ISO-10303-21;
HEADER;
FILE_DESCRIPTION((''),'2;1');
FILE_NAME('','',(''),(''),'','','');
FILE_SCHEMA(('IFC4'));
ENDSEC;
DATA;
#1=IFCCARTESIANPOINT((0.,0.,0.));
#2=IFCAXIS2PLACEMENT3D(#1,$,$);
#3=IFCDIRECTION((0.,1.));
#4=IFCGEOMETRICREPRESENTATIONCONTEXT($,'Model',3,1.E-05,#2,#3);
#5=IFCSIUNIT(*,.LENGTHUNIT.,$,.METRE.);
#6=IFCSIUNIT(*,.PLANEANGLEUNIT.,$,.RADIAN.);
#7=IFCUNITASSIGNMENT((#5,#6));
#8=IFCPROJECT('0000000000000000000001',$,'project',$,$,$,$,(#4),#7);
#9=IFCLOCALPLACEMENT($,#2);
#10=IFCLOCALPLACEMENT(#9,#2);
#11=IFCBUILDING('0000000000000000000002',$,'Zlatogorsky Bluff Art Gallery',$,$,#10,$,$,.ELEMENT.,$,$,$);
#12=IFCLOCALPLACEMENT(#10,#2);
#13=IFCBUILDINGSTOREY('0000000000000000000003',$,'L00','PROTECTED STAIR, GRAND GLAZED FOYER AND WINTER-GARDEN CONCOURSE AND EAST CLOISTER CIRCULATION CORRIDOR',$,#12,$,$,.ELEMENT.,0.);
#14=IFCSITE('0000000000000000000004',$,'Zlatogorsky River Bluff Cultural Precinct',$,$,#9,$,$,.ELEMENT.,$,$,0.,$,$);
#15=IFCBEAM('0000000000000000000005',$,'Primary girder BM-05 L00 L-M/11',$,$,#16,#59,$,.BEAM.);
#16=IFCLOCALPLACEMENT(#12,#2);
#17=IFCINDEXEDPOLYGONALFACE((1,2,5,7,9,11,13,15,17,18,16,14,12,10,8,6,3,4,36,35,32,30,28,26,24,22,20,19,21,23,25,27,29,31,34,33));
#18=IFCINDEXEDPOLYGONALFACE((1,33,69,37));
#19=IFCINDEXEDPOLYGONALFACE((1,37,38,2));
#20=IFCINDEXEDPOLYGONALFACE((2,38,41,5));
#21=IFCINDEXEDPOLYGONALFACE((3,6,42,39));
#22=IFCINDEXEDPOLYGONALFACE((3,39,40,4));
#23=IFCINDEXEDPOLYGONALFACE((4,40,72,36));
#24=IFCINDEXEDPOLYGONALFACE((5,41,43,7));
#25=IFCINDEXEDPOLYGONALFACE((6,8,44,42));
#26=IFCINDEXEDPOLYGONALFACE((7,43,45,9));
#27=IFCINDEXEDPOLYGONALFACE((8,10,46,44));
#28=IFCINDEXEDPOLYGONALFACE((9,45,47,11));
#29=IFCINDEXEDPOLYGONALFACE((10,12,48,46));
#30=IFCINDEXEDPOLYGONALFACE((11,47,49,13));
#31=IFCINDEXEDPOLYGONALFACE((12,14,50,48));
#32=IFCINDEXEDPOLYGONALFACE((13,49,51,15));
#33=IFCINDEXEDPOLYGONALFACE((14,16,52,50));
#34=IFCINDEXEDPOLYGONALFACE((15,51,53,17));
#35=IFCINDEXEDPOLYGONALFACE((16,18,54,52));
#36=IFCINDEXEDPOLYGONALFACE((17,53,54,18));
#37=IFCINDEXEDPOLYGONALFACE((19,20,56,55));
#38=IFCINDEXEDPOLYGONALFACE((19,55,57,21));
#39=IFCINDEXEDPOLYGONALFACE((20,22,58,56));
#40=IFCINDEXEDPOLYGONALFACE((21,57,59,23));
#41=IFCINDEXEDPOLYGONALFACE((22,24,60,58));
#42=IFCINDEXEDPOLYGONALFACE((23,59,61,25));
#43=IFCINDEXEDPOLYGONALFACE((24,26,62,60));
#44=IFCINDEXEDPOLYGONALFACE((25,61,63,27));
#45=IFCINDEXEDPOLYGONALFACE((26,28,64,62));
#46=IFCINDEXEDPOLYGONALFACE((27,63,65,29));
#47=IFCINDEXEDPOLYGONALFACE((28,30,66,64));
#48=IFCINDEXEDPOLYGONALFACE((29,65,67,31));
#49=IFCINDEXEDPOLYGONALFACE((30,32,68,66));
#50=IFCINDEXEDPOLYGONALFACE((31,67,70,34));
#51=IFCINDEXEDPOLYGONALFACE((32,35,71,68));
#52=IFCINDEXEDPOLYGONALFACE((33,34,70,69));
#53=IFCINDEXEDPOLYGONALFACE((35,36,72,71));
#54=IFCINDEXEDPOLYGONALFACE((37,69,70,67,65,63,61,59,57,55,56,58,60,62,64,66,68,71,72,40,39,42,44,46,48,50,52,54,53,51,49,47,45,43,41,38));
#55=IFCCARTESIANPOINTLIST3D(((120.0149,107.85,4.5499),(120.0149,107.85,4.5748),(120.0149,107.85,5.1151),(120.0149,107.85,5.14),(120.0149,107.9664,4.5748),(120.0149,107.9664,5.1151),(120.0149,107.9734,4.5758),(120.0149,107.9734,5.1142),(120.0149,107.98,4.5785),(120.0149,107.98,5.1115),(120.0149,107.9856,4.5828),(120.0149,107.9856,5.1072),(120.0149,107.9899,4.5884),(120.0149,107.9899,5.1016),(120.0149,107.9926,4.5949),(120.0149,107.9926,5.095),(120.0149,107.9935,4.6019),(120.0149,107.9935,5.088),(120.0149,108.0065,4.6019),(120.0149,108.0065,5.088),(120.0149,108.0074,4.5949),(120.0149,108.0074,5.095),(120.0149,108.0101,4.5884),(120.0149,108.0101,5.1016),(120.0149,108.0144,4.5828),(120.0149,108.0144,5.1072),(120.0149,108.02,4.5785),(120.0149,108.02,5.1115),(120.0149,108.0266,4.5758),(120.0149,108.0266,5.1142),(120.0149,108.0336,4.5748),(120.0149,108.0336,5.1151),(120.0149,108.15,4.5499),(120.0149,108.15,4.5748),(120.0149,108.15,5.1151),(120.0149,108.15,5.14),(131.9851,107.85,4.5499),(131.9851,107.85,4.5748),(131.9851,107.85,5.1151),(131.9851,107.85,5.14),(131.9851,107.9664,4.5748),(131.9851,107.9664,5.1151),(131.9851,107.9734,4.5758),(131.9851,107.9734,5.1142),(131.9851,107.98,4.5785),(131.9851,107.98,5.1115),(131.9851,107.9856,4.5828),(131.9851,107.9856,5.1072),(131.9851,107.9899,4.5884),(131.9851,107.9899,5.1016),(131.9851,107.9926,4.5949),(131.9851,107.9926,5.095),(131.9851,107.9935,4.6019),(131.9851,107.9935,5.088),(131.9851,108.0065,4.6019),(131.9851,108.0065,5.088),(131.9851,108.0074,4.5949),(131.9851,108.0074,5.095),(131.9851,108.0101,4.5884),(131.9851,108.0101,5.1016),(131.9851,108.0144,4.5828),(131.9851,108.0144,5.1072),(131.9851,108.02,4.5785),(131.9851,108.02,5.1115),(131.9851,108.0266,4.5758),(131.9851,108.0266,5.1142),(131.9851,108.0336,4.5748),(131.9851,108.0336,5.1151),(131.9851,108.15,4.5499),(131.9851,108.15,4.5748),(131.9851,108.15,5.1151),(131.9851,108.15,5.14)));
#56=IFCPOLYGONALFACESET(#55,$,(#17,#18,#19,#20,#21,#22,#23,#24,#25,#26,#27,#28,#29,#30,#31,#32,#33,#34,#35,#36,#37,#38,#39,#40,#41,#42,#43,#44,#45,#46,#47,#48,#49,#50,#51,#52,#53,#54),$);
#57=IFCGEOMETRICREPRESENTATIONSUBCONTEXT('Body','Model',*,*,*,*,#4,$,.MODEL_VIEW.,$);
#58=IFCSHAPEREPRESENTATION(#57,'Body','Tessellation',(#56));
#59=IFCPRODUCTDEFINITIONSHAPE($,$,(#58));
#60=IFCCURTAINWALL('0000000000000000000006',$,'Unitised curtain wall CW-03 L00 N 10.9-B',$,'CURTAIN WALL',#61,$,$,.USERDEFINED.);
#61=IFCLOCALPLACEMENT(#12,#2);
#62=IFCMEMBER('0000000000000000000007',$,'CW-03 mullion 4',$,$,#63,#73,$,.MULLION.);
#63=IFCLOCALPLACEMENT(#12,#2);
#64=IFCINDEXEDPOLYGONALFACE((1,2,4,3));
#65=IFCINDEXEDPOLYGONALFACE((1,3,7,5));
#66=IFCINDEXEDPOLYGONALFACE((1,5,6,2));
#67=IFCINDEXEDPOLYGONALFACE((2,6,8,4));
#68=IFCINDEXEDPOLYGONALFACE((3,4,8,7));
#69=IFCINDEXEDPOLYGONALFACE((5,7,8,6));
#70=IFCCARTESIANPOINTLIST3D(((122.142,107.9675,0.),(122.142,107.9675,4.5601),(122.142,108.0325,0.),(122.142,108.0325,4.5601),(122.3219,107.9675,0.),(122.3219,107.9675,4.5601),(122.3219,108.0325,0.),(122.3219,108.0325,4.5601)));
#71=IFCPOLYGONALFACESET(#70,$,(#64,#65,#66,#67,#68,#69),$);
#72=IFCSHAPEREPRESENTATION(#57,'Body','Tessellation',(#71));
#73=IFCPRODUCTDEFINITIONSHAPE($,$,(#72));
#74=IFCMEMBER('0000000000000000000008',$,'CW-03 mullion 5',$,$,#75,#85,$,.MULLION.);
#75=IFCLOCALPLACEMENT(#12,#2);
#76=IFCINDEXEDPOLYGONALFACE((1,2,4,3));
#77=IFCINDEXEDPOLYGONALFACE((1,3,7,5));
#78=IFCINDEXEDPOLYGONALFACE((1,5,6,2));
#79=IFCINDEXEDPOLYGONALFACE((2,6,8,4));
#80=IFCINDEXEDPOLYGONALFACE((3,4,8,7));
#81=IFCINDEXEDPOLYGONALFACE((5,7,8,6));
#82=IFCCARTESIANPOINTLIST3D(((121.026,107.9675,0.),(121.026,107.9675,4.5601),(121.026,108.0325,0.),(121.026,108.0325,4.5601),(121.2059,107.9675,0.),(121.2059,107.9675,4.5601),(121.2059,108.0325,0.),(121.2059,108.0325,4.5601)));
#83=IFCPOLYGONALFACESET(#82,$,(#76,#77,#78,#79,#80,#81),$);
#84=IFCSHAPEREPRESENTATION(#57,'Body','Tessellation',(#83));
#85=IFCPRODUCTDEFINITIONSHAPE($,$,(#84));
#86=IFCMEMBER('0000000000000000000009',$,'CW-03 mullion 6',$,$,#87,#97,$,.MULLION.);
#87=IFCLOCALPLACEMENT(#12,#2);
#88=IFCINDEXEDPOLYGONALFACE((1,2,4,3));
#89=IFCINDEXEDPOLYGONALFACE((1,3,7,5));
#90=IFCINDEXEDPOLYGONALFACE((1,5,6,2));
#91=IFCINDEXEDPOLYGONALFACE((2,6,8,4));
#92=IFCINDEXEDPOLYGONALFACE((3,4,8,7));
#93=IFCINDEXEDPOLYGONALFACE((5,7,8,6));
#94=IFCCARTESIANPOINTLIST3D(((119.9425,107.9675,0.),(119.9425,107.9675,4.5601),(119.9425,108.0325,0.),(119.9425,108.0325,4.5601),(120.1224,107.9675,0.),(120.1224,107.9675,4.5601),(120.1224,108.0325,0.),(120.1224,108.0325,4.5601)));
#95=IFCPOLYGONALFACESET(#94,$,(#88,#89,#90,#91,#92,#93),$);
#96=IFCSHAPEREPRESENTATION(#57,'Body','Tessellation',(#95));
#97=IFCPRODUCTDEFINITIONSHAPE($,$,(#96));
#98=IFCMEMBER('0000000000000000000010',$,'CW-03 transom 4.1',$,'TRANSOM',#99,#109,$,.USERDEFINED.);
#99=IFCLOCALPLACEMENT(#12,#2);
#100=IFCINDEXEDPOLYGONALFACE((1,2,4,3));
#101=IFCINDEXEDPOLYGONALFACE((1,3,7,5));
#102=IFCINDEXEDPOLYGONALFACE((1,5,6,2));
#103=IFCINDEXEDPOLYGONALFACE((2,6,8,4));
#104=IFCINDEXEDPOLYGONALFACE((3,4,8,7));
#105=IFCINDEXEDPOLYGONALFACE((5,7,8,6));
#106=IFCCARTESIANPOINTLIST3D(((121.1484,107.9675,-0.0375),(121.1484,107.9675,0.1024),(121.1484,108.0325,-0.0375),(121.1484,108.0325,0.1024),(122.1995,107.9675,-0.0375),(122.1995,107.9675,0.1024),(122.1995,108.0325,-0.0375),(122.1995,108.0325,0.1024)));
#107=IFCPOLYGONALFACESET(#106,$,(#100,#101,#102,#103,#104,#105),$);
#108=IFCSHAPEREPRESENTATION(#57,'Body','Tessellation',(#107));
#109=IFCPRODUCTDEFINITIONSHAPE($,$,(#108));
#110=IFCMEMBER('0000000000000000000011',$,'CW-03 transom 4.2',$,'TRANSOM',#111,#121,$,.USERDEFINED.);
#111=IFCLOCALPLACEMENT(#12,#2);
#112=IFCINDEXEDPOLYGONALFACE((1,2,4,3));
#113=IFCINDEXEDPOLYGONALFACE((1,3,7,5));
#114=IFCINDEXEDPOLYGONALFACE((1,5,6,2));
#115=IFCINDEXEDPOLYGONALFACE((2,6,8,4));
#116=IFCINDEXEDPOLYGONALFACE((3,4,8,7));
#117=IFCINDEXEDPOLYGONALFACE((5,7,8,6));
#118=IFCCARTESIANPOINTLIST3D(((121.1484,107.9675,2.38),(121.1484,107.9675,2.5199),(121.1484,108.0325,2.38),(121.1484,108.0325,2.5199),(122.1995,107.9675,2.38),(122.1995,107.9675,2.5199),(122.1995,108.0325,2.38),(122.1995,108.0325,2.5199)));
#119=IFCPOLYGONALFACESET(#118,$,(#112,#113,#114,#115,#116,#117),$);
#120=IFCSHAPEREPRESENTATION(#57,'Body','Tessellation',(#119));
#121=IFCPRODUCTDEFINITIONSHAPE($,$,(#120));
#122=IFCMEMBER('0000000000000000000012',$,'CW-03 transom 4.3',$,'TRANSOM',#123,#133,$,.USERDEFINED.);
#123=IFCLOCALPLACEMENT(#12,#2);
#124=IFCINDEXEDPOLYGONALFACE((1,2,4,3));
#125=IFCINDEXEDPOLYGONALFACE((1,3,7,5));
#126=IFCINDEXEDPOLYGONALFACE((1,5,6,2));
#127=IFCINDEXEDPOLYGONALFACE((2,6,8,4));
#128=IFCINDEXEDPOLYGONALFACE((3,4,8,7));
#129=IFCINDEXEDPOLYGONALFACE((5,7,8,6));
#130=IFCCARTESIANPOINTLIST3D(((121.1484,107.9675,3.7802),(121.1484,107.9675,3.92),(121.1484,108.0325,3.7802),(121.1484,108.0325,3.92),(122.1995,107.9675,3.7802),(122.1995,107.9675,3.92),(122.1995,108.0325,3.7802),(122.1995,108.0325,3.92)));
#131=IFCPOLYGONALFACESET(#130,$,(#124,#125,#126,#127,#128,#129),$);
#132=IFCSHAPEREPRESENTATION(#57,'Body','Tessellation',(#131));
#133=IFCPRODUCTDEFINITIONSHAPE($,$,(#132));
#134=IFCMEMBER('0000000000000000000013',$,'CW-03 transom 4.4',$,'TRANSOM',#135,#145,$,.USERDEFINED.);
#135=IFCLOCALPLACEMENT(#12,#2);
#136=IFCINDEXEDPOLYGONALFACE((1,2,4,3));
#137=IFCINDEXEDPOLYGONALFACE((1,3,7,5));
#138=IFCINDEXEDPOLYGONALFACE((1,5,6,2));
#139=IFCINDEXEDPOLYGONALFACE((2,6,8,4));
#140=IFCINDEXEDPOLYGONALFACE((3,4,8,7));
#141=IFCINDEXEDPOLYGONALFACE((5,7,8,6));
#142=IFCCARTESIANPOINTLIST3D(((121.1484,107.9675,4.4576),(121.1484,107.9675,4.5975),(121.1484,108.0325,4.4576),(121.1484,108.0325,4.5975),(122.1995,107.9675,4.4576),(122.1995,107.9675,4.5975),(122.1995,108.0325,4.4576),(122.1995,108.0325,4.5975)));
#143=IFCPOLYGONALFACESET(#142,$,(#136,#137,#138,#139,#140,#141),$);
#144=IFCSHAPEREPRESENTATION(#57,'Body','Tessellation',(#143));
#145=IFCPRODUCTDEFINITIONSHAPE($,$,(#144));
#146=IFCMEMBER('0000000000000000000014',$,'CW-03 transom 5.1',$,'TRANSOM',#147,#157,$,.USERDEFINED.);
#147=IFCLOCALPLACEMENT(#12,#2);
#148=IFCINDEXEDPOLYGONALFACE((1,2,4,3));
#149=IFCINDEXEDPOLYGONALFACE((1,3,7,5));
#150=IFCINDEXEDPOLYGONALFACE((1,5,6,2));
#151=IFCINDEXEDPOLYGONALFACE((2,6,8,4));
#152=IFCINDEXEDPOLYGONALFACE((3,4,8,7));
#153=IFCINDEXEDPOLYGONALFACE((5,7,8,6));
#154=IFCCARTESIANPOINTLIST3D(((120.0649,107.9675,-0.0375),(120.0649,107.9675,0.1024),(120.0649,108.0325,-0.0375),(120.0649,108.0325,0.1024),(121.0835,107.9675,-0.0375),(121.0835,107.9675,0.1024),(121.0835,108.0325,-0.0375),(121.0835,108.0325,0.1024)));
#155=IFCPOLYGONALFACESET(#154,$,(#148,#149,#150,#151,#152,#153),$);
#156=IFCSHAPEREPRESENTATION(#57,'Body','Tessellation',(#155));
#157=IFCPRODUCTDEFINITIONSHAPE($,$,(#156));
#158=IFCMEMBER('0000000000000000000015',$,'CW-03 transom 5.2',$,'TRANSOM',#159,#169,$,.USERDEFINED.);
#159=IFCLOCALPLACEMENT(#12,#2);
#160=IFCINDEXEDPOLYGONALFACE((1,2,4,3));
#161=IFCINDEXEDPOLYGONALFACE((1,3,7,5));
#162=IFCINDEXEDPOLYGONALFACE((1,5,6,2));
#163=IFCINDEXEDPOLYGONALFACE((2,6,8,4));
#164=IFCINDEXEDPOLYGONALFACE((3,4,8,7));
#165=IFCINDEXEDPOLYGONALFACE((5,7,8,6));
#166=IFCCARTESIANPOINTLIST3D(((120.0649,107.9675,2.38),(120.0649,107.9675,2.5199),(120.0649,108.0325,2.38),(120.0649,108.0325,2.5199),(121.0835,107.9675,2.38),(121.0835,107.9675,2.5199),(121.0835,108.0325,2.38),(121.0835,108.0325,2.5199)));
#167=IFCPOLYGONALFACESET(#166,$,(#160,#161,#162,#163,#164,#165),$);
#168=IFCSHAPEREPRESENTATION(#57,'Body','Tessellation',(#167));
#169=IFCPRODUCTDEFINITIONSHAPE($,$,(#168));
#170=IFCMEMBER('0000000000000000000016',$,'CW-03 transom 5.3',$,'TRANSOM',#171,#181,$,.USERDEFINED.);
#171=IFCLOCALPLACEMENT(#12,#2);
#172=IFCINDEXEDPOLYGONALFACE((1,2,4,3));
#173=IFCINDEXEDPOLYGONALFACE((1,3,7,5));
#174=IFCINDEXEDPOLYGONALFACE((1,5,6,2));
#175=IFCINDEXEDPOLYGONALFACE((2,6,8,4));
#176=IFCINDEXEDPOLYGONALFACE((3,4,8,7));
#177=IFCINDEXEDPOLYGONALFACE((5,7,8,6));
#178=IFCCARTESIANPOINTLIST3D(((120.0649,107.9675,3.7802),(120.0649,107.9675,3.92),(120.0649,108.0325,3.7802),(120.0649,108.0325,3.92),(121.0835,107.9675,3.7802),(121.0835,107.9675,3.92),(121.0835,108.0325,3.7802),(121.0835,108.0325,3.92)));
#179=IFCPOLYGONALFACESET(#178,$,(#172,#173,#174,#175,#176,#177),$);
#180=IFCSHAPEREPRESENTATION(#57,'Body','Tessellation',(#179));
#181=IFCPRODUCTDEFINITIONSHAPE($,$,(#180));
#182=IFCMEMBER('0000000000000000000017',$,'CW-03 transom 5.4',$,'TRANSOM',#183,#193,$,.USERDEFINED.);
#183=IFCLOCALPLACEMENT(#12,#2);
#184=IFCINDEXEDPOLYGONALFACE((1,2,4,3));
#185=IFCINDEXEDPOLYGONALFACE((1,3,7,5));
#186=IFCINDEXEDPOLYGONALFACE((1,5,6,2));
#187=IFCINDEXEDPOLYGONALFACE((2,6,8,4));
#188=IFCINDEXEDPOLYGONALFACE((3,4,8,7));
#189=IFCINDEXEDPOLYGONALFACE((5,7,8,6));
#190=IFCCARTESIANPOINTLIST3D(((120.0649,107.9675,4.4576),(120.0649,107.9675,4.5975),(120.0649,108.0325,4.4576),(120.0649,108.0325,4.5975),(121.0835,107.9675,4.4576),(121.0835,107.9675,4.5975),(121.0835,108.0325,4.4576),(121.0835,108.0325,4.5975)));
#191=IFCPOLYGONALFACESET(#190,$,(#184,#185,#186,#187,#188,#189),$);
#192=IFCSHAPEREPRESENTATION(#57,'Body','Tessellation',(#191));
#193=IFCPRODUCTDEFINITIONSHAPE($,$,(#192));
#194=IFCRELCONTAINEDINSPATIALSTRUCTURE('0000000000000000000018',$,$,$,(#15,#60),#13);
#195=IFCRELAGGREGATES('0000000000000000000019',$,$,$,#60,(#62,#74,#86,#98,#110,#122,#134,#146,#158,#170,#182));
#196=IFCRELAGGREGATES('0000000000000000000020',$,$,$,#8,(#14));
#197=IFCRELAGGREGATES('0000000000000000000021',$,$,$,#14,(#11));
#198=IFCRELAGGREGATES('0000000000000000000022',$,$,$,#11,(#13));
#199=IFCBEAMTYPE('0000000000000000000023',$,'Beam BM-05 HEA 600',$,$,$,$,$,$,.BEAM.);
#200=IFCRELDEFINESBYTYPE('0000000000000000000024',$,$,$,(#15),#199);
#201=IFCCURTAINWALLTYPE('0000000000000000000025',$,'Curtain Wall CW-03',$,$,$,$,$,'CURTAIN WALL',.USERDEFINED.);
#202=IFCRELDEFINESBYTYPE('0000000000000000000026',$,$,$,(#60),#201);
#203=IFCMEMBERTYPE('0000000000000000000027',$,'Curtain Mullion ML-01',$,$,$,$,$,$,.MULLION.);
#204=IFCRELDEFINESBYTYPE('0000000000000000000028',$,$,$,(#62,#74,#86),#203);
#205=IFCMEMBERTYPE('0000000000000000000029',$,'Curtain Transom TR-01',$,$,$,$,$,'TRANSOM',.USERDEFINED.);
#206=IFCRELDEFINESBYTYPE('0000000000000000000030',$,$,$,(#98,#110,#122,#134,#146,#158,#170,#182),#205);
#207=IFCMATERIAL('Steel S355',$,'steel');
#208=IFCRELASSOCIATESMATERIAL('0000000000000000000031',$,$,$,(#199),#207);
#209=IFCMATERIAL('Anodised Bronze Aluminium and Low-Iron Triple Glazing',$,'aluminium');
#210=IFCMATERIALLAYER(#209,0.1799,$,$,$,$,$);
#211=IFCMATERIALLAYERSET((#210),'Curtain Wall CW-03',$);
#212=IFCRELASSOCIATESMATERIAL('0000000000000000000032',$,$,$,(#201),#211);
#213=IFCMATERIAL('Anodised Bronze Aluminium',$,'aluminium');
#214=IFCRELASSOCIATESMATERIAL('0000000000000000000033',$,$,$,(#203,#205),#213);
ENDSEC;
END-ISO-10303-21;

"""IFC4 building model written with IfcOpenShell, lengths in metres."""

from ifc_helpers import new_model, si_unit, direction, frame, origin, origin_2d, place, context, subcontext, project, spatial, rectangle, i_section, extrude, material, layer, layer_set, material_profile, profile_set, type_object, element, aggregate, save


model = new_model("IFC4")

# Units and contexts
model_context = context("Model", 3, precision=1e-05, world=origin(), true_north=direction((0.0, 1.0)))
body_context = subcontext(model_context, "Body", "Model", "MODEL_VIEW")
ifc_project = project(units=[si_unit("LENGTHUNIT", "METRE"), si_unit("PLANEANGLEUNIT", "RADIAN")], contexts=[model_context])

# Site, building, storey
site_placement = place(None, origin())
site = spatial("IfcSite", under=ifc_project, at=site_placement, Name="Zlatogorsky River Bluff Cultural Precinct", CompositionType="ELEMENT", RefElevation=0.0)
building_placement = place(site_placement, origin())
building = spatial("IfcBuilding", under=site, at=building_placement, Name="Zlatogorsky Bluff Art Gallery", CompositionType="ELEMENT")
storey_placement = place(building_placement, origin())
storey = spatial("IfcBuildingStorey", under=building, at=storey_placement, Name="L00", Description="PROTECTED STAIR, GRAND GLAZED FOYER AND WINTER-GARDEN CONCOURSE AND EAST CLOISTER CIRCULATION CORRIDOR", CompositionType="ELEMENT", Elevation=0.0)

# Shared definitions
ifc_material_1 = material(Name="Steel S355", Category="steel")

# Beam
ifc_material_profile_1 = material_profile(ifc_material_1, i_section(OverallWidth=0.3, OverallDepth=0.5901, WebThickness=0.0129, FlangeThickness=0.0249, FilletRadius=0.0271, at=origin_2d()), Name="HEA 600")
ifc_profile_set_1 = profile_set([ifc_material_profile_1], Name="Steel S355")
beam_type = type_object("IfcBeamType", Name="Beam BM-05 HEA 600", PredefinedType="BEAM", material=ifc_profile_set_1)
for number, where, z_axis, x_axis, name in (
    (1, (120.0149, 108.0, 4.845), (1.0, 0.0, 0.0), (0.0, 1.0, 0.0), "Primary girder BM-05 L00 L-M/11"),
):
    element("IfcBeam", number, at=place(storey_placement, frame(where, z_axis=z_axis, x_axis=x_axis)), inside=storey, type_object=beam_type, Name=name, PredefinedType="BEAM", context=body_context, shape_type="SweptSolid", body=[
        extrude(i_section(OverallWidth=0.3, OverallDepth=0.5901, WebThickness=0.0129, FlangeThickness=0.0249, FilletRadius=0.0271, at=origin_2d()), origin(), (0.0, 0.0, 1.0), 11.9702),
    ])

# Curtain wall, members
ifc_material_2 = material(Name="Anodised Bronze Aluminium and Low-Iron Triple Glazing", Category="aluminium")
ifc_layer_1 = layer(ifc_material_2, 0.1799)
ifc_layer_set_1 = layer_set([ifc_layer_1], Name="Curtain Wall CW-03")
curtain_wall_type = type_object("IfcCurtainWallType", Name="Curtain Wall CW-03", ElementType="CURTAIN WALL", PredefinedType="USERDEFINED", material=ifc_layer_set_1)
curtain_wall_placement = place(storey_placement, origin())
curtain_wall = element("IfcCurtainWall", 2, at=curtain_wall_placement, inside=storey, type_object=curtain_wall_type, Name="Unitised curtain wall CW-03 L00 N 10.9-B", ObjectType="CURTAIN WALL", PredefinedType="USERDEFINED")
ifc_material_3 = material(Name="Anodised Bronze Aluminium", Category="aluminium")
ifc_material_profile_2 = material_profile(ifc_material_3, rectangle(XDim=0.0649, YDim=0.1799, at=origin_2d()), Name="ALU MULLION 65x180")
ifc_profile_set_2 = profile_set([ifc_material_profile_2], Name="Anodised Bronze Aluminium")
member_type_1 = type_object("IfcMemberType", Name="Curtain Mullion ML-01", PredefinedType="MULLION", material=ifc_profile_set_2)
member_1_placement = place(storey_placement, frame((122.2319, 108.0, 0.0), z_axis=(0.0, 0.0, 1.0), x_axis=(0.0, -1.0, 0.0)))
member_1 = element("IfcMember", 3, at=member_1_placement, type_object=member_type_1, Name="CW-03 mullion 4", PredefinedType="MULLION", context=body_context, shape_type="SweptSolid", body=[
    extrude(rectangle(XDim=0.0649, YDim=0.1799, at=origin_2d()), origin(), (0.0, 0.0, 1.0), 4.5601),
])
member_2_placement = place(storey_placement, frame((121.116, 108.0, 0.0), z_axis=(0.0, 0.0, 1.0), x_axis=(0.0, -1.0, 0.0)))
member_2 = element("IfcMember", 4, at=member_2_placement, type_object=member_type_1, Name="CW-03 mullion 5", PredefinedType="MULLION", context=body_context, shape_type="SweptSolid", body=[
    extrude(rectangle(XDim=0.0649, YDim=0.1799, at=origin_2d()), origin(), (0.0, 0.0, 1.0), 4.5601),
])
member_3_placement = place(storey_placement, frame((120.0325, 108.0, 0.0), z_axis=(0.0, 0.0, 1.0), x_axis=(0.0, -1.0, 0.0)))
member_3 = element("IfcMember", 5, at=member_3_placement, type_object=member_type_1, Name="CW-03 mullion 6", PredefinedType="MULLION", context=body_context, shape_type="SweptSolid", body=[
    extrude(rectangle(XDim=0.0649, YDim=0.1799, at=origin_2d()), origin(), (0.0, 0.0, 1.0), 4.5601),
])
ifc_material_profile_3 = material_profile(ifc_material_3, rectangle(XDim=0.0649, YDim=0.1399, at=origin_2d()), Name="ALU TRANSOM 65x140")
ifc_profile_set_3 = profile_set([ifc_material_profile_3], Name="Anodised Bronze Aluminium")
member_type_2 = type_object("IfcMemberType", Name="Curtain Transom TR-01", ElementType="TRANSOM", PredefinedType="USERDEFINED", material=ifc_profile_set_3)
member_4_placement = place(storey_placement, frame((122.1995, 108.0, 0.0325), z_axis=(-1.0, 0.0, 0.0), x_axis=(0.0, -1.0, 0.0)))
member_4 = element("IfcMember", 6, at=member_4_placement, type_object=member_type_2, Name="CW-03 transom 4.1", ObjectType="TRANSOM", PredefinedType="USERDEFINED", context=body_context, shape_type="SweptSolid", body=[
    extrude(rectangle(XDim=0.0649, YDim=0.1399, at=origin_2d()), origin(), (0.0, 0.0, 1.0), 1.051),
])
member_5_placement = place(storey_placement, frame((122.1995, 108.0, 2.45), z_axis=(-1.0, 0.0, 0.0), x_axis=(0.0, -1.0, 0.0)))
member_5 = element("IfcMember", 7, at=member_5_placement, type_object=member_type_2, Name="CW-03 transom 4.2", ObjectType="TRANSOM", PredefinedType="USERDEFINED", context=body_context, shape_type="SweptSolid", body=[
    extrude(rectangle(XDim=0.0649, YDim=0.1399, at=origin_2d()), origin(), (0.0, 0.0, 1.0), 1.051),
])
member_6_placement = place(storey_placement, frame((122.1995, 108.0, 3.8501), z_axis=(-1.0, 0.0, 0.0), x_axis=(0.0, -1.0, 0.0)))
member_6 = element("IfcMember", 8, at=member_6_placement, type_object=member_type_2, Name="CW-03 transom 4.3", ObjectType="TRANSOM", PredefinedType="USERDEFINED", context=body_context, shape_type="SweptSolid", body=[
    extrude(rectangle(XDim=0.0649, YDim=0.1399, at=origin_2d()), origin(), (0.0, 0.0, 1.0), 1.051),
])
member_7_placement = place(storey_placement, frame((122.1995, 108.0, 4.5276), z_axis=(-1.0, 0.0, 0.0), x_axis=(0.0, -1.0, 0.0)))
member_7 = element("IfcMember", 9, at=member_7_placement, type_object=member_type_2, Name="CW-03 transom 4.4", ObjectType="TRANSOM", PredefinedType="USERDEFINED", context=body_context, shape_type="SweptSolid", body=[
    extrude(rectangle(XDim=0.0649, YDim=0.1399, at=origin_2d()), origin(), (0.0, 0.0, 1.0), 1.051),
])
member_8_placement = place(storey_placement, frame((121.0835, 108.0, 0.0325), z_axis=(-1.0, 0.0, 0.0), x_axis=(0.0, -1.0, 0.0)))
member_8 = element("IfcMember", 10, at=member_8_placement, type_object=member_type_2, Name="CW-03 transom 5.1", ObjectType="TRANSOM", PredefinedType="USERDEFINED", context=body_context, shape_type="SweptSolid", body=[
    extrude(rectangle(XDim=0.0649, YDim=0.1399, at=origin_2d()), origin(), (0.0, 0.0, 1.0), 1.0186),
])
member_9_placement = place(storey_placement, frame((121.0835, 108.0, 2.45), z_axis=(-1.0, 0.0, 0.0), x_axis=(0.0, -1.0, 0.0)))
member_9 = element("IfcMember", 11, at=member_9_placement, type_object=member_type_2, Name="CW-03 transom 5.2", ObjectType="TRANSOM", PredefinedType="USERDEFINED", context=body_context, shape_type="SweptSolid", body=[
    extrude(rectangle(XDim=0.0649, YDim=0.1399, at=origin_2d()), origin(), (0.0, 0.0, 1.0), 1.0186),
])
member_10_placement = place(storey_placement, frame((121.0835, 108.0, 3.8501), z_axis=(-1.0, 0.0, 0.0), x_axis=(0.0, -1.0, 0.0)))
member_10 = element("IfcMember", 12, at=member_10_placement, type_object=member_type_2, Name="CW-03 transom 5.3", ObjectType="TRANSOM", PredefinedType="USERDEFINED", context=body_context, shape_type="SweptSolid", body=[
    extrude(rectangle(XDim=0.0649, YDim=0.1399, at=origin_2d()), origin(), (0.0, 0.0, 1.0), 1.0186),
])
member_11_placement = place(storey_placement, frame((121.0835, 108.0, 4.5276), z_axis=(-1.0, 0.0, 0.0), x_axis=(0.0, -1.0, 0.0)))
member_11 = element("IfcMember", 13, at=member_11_placement, type_object=member_type_2, Name="CW-03 transom 5.4", ObjectType="TRANSOM", PredefinedType="USERDEFINED", context=body_context, shape_type="SweptSolid", body=[
    extrude(rectangle(XDim=0.0649, YDim=0.1399, at=origin_2d()), origin(), (0.0, 0.0, 1.0), 1.0186),
])
aggregate(curtain_wall, [member_1, member_2, member_3, member_4, member_5, member_6, member_7, member_8, member_9, member_10, member_11])

save(model, "model.ifc")
